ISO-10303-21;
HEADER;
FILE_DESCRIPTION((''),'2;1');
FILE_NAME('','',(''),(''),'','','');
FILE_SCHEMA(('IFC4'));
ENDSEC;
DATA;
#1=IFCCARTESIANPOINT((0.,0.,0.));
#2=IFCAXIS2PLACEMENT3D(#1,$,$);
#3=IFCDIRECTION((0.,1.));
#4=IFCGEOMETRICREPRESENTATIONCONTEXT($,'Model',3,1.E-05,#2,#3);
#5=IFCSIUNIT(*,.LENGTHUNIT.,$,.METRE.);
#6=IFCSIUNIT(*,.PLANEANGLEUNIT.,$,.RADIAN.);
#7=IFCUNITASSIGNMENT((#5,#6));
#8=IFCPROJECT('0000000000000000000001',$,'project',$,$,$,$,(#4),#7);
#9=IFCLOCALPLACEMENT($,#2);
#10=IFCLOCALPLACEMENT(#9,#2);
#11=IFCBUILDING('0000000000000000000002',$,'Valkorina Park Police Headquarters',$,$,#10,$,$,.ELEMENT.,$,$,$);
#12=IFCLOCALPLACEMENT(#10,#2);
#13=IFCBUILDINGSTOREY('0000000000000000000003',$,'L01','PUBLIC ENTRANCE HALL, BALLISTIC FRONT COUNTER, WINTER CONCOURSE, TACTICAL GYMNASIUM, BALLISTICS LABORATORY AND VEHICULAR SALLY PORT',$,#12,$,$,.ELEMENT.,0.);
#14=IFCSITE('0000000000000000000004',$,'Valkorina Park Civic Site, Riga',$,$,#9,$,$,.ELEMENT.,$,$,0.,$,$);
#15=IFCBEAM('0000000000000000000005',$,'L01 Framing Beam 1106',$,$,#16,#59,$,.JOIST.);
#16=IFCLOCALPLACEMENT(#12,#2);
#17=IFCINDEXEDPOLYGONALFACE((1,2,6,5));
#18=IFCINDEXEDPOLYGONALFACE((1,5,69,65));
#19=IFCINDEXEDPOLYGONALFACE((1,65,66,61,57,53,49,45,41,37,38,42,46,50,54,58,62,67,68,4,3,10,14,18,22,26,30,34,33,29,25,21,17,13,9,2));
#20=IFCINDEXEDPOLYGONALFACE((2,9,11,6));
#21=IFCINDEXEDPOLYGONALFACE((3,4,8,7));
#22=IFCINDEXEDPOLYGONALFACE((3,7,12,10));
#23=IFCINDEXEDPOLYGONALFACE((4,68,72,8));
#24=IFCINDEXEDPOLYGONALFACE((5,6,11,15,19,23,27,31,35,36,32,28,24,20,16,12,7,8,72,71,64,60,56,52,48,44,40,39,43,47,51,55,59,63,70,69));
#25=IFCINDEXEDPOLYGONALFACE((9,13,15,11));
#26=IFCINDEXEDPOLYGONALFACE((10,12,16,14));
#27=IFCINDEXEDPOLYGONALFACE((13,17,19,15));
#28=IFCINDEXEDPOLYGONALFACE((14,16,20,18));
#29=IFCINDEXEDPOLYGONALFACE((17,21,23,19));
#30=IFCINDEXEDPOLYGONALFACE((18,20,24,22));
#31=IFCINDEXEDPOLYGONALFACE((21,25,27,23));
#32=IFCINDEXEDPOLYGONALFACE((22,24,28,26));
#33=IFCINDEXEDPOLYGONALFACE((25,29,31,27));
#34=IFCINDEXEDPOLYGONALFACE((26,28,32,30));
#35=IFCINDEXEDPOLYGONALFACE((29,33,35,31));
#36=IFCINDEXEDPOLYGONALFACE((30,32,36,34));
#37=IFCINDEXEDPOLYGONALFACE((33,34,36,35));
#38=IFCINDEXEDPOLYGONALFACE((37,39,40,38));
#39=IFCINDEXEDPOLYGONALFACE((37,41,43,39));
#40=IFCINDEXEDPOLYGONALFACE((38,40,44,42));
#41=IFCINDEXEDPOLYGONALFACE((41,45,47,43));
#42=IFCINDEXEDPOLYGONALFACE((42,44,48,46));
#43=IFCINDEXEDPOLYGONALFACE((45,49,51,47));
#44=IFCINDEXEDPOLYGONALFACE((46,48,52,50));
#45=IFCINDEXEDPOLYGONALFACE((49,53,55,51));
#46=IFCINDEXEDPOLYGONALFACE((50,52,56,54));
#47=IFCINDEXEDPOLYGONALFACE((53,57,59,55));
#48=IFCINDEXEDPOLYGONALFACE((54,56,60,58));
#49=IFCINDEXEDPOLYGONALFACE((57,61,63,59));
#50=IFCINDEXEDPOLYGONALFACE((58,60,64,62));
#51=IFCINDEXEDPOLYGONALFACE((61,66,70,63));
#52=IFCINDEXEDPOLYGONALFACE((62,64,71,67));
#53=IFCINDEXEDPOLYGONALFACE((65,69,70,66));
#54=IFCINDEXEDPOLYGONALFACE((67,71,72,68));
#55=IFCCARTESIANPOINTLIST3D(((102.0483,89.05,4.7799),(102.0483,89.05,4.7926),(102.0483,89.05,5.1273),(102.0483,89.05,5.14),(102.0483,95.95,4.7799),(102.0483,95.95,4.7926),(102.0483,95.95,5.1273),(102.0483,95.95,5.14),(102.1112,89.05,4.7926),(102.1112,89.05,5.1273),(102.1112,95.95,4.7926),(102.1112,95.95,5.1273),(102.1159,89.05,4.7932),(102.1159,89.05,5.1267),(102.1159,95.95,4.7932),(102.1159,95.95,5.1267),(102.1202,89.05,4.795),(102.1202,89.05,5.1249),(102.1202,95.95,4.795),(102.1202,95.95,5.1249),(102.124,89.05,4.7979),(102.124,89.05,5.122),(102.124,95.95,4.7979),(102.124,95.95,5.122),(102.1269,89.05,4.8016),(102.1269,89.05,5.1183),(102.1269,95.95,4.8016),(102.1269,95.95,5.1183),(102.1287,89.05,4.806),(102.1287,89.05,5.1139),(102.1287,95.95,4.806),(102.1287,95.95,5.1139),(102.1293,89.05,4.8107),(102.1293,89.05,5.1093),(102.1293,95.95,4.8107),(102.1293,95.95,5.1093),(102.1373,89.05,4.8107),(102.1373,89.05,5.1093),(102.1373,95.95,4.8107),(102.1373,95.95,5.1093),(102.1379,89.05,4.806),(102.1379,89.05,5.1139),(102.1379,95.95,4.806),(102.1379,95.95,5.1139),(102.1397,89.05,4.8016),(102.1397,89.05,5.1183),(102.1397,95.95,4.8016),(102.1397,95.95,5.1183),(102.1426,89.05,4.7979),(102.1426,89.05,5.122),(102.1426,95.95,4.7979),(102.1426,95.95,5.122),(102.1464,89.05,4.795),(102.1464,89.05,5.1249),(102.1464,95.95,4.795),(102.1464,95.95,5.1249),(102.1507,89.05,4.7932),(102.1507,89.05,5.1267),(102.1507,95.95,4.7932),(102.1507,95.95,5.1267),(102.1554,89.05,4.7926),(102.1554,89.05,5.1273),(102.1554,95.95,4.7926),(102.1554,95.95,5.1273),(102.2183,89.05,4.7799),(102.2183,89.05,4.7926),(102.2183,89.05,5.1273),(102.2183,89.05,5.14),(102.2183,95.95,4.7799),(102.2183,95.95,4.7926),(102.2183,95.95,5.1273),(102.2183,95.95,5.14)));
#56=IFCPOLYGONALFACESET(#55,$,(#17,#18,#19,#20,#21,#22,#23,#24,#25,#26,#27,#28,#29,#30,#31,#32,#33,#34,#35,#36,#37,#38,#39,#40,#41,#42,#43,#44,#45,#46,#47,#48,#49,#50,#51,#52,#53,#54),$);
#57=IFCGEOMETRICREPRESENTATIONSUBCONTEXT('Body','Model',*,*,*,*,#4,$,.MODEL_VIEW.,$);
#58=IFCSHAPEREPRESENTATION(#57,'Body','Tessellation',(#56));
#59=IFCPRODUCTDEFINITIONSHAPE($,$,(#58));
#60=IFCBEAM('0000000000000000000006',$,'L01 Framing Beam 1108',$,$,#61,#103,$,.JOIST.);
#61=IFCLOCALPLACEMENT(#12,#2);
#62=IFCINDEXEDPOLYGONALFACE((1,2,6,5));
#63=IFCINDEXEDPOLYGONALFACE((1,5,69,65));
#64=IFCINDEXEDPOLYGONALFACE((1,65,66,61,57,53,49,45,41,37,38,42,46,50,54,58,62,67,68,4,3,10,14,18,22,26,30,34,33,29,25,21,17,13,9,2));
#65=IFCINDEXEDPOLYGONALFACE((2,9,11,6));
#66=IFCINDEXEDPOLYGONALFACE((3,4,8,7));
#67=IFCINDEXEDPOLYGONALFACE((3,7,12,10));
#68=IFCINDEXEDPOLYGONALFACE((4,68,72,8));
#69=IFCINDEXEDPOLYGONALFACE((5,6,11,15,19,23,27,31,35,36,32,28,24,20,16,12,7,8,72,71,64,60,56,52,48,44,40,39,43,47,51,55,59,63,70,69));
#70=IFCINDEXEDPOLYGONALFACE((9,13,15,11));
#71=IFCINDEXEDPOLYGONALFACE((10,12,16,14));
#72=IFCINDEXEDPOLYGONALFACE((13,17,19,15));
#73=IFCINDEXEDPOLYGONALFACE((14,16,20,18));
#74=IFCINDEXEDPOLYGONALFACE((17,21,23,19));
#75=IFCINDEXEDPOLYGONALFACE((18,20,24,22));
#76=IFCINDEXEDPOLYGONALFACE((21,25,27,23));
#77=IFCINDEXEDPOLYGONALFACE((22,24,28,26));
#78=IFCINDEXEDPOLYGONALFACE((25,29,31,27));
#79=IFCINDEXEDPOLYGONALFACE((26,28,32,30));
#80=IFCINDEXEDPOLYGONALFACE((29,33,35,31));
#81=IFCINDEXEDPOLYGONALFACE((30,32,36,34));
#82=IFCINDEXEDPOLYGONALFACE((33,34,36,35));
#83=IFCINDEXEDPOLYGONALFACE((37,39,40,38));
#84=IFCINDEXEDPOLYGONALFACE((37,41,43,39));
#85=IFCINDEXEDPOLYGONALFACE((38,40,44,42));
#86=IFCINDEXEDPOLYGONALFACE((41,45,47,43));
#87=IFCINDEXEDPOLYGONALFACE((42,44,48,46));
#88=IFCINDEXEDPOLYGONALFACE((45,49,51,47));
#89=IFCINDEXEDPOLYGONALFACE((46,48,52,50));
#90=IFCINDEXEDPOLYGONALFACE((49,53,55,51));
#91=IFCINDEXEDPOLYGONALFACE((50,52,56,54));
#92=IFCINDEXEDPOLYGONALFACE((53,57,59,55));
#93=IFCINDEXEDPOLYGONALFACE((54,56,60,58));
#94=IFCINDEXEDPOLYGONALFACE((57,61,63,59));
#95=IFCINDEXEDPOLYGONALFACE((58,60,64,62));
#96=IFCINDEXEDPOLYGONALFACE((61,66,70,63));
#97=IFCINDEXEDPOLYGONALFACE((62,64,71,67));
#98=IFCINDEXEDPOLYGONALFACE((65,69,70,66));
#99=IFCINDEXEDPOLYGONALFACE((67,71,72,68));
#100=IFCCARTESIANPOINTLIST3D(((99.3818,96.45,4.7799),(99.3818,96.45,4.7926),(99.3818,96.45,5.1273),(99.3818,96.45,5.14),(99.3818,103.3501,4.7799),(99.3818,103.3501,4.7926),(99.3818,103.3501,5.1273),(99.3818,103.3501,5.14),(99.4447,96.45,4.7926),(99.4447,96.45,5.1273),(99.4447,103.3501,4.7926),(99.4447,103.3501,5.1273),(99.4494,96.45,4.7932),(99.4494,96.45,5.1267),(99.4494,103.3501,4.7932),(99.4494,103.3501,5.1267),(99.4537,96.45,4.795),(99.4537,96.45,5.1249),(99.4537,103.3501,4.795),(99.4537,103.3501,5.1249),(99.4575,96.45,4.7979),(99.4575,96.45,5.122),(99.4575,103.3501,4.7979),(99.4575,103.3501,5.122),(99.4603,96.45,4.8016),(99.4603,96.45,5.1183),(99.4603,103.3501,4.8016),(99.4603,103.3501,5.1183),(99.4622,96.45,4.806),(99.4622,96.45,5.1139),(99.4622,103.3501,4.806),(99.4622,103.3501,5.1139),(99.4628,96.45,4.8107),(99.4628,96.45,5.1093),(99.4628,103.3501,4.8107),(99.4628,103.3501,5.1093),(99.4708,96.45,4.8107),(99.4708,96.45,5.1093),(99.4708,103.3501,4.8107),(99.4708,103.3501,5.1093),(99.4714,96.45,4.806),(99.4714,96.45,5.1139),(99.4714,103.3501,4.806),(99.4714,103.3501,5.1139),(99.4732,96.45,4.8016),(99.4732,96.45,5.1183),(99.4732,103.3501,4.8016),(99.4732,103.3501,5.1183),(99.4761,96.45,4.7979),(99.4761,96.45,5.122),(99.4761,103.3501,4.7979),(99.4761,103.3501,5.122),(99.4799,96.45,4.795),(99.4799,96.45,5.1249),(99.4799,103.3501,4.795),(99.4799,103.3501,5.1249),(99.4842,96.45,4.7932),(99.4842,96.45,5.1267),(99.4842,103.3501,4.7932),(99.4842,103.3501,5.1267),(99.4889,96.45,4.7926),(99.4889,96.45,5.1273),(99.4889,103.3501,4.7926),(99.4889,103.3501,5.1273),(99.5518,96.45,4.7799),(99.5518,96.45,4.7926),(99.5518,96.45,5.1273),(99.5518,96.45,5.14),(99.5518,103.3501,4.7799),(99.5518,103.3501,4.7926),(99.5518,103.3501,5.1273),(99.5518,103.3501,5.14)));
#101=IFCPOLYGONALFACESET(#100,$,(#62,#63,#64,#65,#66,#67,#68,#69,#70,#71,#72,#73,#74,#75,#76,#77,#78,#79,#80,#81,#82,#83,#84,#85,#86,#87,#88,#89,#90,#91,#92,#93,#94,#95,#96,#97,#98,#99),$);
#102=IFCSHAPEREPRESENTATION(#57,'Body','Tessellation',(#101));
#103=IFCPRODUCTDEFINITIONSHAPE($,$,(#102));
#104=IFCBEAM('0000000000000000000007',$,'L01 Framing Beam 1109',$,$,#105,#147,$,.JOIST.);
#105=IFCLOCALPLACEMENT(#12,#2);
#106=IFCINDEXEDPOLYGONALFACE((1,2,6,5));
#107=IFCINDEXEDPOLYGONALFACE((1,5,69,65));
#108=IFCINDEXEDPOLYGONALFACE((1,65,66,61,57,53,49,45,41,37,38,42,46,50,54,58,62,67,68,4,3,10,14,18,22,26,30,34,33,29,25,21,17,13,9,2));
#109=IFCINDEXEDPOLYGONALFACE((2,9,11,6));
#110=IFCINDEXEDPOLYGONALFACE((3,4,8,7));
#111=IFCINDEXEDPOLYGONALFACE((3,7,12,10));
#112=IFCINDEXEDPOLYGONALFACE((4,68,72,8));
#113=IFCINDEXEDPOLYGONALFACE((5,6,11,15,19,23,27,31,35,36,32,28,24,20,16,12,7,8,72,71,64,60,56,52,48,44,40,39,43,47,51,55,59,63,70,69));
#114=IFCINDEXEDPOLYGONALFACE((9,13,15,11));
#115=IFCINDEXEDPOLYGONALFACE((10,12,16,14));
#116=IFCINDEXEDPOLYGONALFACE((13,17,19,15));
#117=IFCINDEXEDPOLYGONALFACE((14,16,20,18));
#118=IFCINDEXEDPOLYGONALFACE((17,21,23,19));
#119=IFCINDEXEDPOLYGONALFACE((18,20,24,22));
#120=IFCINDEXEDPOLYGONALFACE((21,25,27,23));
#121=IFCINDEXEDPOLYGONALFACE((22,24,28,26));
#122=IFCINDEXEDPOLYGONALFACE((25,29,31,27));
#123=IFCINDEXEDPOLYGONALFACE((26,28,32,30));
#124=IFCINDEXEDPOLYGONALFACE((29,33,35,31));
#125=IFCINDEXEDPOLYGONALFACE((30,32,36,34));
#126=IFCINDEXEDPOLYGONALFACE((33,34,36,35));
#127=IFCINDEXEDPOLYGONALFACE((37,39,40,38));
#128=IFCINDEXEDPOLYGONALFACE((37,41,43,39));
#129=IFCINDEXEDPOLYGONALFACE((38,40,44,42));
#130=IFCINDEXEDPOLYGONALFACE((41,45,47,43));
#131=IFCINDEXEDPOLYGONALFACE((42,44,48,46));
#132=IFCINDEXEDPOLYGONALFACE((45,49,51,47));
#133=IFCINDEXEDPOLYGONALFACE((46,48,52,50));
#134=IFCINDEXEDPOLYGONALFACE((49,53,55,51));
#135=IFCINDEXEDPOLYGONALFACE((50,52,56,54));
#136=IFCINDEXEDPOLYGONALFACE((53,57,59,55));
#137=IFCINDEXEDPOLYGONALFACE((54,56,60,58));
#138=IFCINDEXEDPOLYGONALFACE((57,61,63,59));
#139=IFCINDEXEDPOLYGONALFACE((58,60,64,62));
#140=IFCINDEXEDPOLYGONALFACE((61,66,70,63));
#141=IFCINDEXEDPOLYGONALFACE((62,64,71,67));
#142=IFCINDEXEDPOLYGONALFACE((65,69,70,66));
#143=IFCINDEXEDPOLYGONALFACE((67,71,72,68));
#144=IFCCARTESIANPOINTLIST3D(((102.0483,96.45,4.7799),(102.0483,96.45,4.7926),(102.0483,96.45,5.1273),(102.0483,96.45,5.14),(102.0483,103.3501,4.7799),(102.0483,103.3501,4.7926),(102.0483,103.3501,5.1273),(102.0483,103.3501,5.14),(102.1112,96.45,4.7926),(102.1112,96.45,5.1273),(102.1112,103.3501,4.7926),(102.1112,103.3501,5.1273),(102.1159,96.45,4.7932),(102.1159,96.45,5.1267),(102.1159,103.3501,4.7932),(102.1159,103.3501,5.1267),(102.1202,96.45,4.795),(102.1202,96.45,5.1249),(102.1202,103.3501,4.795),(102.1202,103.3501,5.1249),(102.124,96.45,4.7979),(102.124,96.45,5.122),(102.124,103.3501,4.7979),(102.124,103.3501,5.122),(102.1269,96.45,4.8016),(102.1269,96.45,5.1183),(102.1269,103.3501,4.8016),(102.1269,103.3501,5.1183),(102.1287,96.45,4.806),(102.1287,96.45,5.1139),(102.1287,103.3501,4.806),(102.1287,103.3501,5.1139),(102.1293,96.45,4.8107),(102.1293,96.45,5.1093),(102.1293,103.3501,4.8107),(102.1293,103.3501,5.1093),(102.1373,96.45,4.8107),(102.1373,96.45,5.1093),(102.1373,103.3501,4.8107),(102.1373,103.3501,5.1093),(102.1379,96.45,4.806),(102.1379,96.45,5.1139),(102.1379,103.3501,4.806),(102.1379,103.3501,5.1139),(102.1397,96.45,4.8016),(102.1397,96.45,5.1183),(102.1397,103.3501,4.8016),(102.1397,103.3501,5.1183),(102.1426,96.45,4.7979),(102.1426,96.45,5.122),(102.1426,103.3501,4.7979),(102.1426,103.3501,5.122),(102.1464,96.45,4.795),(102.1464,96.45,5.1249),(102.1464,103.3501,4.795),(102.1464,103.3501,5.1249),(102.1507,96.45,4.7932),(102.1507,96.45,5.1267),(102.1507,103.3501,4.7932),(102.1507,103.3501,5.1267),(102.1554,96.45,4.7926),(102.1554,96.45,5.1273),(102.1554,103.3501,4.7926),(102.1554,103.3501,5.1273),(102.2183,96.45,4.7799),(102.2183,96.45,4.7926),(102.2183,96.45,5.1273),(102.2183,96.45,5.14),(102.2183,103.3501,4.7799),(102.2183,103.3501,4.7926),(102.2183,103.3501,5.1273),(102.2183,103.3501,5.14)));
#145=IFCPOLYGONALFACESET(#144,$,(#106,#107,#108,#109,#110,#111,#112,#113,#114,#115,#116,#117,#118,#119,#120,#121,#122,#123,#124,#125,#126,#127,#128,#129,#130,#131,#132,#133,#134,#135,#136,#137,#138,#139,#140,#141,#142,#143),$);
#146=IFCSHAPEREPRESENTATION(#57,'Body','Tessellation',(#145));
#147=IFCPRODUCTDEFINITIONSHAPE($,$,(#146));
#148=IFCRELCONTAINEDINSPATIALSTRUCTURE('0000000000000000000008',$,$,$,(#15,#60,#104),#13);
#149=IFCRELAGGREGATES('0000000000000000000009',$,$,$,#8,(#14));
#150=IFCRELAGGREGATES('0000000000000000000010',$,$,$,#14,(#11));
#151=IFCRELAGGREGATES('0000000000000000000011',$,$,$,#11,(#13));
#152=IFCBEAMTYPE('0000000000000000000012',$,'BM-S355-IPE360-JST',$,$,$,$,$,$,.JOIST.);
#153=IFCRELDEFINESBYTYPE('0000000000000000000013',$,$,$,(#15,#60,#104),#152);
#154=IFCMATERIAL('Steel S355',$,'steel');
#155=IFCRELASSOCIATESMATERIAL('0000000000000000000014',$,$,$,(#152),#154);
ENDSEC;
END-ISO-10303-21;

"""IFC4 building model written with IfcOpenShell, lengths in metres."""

from ifc_helpers import new_model, si_unit, direction, frame, origin, origin_2d, place, context, subcontext, project, spatial, i_section, extrude, material, material_profile, profile_set, type_object, element, save


model = new_model("IFC4")

# Units and contexts
model_context = context("Model", 3, precision=1e-05, world=origin(), true_north=direction((0.0, 1.0)))
body_context = subcontext(model_context, "Body", "Model", "MODEL_VIEW")
ifc_project = project(units=[si_unit("LENGTHUNIT", "METRE"), si_unit("PLANEANGLEUNIT", "RADIAN")], contexts=[model_context])

# Site, building, storey
site_placement = place(None, origin())
site = spatial("IfcSite", under=ifc_project, at=site_placement, Name="Valkorina Park Civic Site, Riga", CompositionType="ELEMENT", RefElevation=0.0)
building_placement = place(site_placement, origin())
building = spatial("IfcBuilding", under=site, at=building_placement, Name="Valkorina Park Police Headquarters", CompositionType="ELEMENT")
storey_placement = place(building_placement, origin())
storey = spatial("IfcBuildingStorey", under=building, at=storey_placement, Name="L01", Description="PUBLIC ENTRANCE HALL, BALLISTIC FRONT COUNTER, WINTER CONCOURSE, TACTICAL GYMNASIUM, BALLISTICS LABORATORY AND VEHICULAR SALLY PORT", CompositionType="ELEMENT", Elevation=0.0)

# Beams
ifc_material_1 = material(Name="Steel S355", Category="steel")
ifc_material_profile_1 = material_profile(ifc_material_1, i_section(OverallWidth=0.1699, OverallDepth=0.3601, WebThickness=0.0081, FlangeThickness=0.0127, FilletRadius=0.0181, at=origin_2d()), Name="IPE 360")
ifc_profile_set_1 = profile_set([ifc_material_profile_1], Name="Steel S355")
beam_type_1 = type_object("IfcBeamType", Name="BM-S355-IPE360-JST", PredefinedType="JOIST", material=ifc_profile_set_1)
for number, where, z_axis, x_axis, name in (
    (1, (102.1333, 89.05, 4.96), (0.0, 1.0, 0.0), (-1.0, 0.0, 0.0), "L01 Framing Beam 1106"),
):
    element("IfcBeam", number, at=place(storey_placement, frame(where, z_axis=z_axis, x_axis=x_axis)), inside=storey, type_object=beam_type_1, Name=name, PredefinedType="JOIST", context=body_context, shape_type="SweptSolid", body=[
        extrude(i_section(OverallWidth=0.1699, OverallDepth=0.3601, WebThickness=0.0081, FlangeThickness=0.0127, FilletRadius=0.0181, at=origin_2d()), origin(), (0.0, 0.0, 1.0), 6.8999),
    ])
for number, where, z_axis, x_axis, name in (
    (2, (99.4668, 96.45, 4.96), (0.0, 1.0, 0.0), (-1.0, 0.0, 0.0), "L01 Framing Beam 1108"),
    (3, (102.1333, 96.45, 4.96), (0.0, 1.0, 0.0), (-1.0, 0.0, 0.0), "L01 Framing Beam 1109"),
):
    element("IfcBeam", number, at=place(storey_placement, frame(where, z_axis=z_axis, x_axis=x_axis)), inside=storey, type_object=beam_type_1, Name=name, PredefinedType="JOIST", context=body_context, shape_type="SweptSolid", body=[
        extrude(i_section(OverallWidth=0.1699, OverallDepth=0.3601, WebThickness=0.0081, FlangeThickness=0.0127, FilletRadius=0.0181, at=origin_2d()), origin(), (0.0, 0.0, 1.0), 6.9001),
    ])

save(model, "model.ifc")
